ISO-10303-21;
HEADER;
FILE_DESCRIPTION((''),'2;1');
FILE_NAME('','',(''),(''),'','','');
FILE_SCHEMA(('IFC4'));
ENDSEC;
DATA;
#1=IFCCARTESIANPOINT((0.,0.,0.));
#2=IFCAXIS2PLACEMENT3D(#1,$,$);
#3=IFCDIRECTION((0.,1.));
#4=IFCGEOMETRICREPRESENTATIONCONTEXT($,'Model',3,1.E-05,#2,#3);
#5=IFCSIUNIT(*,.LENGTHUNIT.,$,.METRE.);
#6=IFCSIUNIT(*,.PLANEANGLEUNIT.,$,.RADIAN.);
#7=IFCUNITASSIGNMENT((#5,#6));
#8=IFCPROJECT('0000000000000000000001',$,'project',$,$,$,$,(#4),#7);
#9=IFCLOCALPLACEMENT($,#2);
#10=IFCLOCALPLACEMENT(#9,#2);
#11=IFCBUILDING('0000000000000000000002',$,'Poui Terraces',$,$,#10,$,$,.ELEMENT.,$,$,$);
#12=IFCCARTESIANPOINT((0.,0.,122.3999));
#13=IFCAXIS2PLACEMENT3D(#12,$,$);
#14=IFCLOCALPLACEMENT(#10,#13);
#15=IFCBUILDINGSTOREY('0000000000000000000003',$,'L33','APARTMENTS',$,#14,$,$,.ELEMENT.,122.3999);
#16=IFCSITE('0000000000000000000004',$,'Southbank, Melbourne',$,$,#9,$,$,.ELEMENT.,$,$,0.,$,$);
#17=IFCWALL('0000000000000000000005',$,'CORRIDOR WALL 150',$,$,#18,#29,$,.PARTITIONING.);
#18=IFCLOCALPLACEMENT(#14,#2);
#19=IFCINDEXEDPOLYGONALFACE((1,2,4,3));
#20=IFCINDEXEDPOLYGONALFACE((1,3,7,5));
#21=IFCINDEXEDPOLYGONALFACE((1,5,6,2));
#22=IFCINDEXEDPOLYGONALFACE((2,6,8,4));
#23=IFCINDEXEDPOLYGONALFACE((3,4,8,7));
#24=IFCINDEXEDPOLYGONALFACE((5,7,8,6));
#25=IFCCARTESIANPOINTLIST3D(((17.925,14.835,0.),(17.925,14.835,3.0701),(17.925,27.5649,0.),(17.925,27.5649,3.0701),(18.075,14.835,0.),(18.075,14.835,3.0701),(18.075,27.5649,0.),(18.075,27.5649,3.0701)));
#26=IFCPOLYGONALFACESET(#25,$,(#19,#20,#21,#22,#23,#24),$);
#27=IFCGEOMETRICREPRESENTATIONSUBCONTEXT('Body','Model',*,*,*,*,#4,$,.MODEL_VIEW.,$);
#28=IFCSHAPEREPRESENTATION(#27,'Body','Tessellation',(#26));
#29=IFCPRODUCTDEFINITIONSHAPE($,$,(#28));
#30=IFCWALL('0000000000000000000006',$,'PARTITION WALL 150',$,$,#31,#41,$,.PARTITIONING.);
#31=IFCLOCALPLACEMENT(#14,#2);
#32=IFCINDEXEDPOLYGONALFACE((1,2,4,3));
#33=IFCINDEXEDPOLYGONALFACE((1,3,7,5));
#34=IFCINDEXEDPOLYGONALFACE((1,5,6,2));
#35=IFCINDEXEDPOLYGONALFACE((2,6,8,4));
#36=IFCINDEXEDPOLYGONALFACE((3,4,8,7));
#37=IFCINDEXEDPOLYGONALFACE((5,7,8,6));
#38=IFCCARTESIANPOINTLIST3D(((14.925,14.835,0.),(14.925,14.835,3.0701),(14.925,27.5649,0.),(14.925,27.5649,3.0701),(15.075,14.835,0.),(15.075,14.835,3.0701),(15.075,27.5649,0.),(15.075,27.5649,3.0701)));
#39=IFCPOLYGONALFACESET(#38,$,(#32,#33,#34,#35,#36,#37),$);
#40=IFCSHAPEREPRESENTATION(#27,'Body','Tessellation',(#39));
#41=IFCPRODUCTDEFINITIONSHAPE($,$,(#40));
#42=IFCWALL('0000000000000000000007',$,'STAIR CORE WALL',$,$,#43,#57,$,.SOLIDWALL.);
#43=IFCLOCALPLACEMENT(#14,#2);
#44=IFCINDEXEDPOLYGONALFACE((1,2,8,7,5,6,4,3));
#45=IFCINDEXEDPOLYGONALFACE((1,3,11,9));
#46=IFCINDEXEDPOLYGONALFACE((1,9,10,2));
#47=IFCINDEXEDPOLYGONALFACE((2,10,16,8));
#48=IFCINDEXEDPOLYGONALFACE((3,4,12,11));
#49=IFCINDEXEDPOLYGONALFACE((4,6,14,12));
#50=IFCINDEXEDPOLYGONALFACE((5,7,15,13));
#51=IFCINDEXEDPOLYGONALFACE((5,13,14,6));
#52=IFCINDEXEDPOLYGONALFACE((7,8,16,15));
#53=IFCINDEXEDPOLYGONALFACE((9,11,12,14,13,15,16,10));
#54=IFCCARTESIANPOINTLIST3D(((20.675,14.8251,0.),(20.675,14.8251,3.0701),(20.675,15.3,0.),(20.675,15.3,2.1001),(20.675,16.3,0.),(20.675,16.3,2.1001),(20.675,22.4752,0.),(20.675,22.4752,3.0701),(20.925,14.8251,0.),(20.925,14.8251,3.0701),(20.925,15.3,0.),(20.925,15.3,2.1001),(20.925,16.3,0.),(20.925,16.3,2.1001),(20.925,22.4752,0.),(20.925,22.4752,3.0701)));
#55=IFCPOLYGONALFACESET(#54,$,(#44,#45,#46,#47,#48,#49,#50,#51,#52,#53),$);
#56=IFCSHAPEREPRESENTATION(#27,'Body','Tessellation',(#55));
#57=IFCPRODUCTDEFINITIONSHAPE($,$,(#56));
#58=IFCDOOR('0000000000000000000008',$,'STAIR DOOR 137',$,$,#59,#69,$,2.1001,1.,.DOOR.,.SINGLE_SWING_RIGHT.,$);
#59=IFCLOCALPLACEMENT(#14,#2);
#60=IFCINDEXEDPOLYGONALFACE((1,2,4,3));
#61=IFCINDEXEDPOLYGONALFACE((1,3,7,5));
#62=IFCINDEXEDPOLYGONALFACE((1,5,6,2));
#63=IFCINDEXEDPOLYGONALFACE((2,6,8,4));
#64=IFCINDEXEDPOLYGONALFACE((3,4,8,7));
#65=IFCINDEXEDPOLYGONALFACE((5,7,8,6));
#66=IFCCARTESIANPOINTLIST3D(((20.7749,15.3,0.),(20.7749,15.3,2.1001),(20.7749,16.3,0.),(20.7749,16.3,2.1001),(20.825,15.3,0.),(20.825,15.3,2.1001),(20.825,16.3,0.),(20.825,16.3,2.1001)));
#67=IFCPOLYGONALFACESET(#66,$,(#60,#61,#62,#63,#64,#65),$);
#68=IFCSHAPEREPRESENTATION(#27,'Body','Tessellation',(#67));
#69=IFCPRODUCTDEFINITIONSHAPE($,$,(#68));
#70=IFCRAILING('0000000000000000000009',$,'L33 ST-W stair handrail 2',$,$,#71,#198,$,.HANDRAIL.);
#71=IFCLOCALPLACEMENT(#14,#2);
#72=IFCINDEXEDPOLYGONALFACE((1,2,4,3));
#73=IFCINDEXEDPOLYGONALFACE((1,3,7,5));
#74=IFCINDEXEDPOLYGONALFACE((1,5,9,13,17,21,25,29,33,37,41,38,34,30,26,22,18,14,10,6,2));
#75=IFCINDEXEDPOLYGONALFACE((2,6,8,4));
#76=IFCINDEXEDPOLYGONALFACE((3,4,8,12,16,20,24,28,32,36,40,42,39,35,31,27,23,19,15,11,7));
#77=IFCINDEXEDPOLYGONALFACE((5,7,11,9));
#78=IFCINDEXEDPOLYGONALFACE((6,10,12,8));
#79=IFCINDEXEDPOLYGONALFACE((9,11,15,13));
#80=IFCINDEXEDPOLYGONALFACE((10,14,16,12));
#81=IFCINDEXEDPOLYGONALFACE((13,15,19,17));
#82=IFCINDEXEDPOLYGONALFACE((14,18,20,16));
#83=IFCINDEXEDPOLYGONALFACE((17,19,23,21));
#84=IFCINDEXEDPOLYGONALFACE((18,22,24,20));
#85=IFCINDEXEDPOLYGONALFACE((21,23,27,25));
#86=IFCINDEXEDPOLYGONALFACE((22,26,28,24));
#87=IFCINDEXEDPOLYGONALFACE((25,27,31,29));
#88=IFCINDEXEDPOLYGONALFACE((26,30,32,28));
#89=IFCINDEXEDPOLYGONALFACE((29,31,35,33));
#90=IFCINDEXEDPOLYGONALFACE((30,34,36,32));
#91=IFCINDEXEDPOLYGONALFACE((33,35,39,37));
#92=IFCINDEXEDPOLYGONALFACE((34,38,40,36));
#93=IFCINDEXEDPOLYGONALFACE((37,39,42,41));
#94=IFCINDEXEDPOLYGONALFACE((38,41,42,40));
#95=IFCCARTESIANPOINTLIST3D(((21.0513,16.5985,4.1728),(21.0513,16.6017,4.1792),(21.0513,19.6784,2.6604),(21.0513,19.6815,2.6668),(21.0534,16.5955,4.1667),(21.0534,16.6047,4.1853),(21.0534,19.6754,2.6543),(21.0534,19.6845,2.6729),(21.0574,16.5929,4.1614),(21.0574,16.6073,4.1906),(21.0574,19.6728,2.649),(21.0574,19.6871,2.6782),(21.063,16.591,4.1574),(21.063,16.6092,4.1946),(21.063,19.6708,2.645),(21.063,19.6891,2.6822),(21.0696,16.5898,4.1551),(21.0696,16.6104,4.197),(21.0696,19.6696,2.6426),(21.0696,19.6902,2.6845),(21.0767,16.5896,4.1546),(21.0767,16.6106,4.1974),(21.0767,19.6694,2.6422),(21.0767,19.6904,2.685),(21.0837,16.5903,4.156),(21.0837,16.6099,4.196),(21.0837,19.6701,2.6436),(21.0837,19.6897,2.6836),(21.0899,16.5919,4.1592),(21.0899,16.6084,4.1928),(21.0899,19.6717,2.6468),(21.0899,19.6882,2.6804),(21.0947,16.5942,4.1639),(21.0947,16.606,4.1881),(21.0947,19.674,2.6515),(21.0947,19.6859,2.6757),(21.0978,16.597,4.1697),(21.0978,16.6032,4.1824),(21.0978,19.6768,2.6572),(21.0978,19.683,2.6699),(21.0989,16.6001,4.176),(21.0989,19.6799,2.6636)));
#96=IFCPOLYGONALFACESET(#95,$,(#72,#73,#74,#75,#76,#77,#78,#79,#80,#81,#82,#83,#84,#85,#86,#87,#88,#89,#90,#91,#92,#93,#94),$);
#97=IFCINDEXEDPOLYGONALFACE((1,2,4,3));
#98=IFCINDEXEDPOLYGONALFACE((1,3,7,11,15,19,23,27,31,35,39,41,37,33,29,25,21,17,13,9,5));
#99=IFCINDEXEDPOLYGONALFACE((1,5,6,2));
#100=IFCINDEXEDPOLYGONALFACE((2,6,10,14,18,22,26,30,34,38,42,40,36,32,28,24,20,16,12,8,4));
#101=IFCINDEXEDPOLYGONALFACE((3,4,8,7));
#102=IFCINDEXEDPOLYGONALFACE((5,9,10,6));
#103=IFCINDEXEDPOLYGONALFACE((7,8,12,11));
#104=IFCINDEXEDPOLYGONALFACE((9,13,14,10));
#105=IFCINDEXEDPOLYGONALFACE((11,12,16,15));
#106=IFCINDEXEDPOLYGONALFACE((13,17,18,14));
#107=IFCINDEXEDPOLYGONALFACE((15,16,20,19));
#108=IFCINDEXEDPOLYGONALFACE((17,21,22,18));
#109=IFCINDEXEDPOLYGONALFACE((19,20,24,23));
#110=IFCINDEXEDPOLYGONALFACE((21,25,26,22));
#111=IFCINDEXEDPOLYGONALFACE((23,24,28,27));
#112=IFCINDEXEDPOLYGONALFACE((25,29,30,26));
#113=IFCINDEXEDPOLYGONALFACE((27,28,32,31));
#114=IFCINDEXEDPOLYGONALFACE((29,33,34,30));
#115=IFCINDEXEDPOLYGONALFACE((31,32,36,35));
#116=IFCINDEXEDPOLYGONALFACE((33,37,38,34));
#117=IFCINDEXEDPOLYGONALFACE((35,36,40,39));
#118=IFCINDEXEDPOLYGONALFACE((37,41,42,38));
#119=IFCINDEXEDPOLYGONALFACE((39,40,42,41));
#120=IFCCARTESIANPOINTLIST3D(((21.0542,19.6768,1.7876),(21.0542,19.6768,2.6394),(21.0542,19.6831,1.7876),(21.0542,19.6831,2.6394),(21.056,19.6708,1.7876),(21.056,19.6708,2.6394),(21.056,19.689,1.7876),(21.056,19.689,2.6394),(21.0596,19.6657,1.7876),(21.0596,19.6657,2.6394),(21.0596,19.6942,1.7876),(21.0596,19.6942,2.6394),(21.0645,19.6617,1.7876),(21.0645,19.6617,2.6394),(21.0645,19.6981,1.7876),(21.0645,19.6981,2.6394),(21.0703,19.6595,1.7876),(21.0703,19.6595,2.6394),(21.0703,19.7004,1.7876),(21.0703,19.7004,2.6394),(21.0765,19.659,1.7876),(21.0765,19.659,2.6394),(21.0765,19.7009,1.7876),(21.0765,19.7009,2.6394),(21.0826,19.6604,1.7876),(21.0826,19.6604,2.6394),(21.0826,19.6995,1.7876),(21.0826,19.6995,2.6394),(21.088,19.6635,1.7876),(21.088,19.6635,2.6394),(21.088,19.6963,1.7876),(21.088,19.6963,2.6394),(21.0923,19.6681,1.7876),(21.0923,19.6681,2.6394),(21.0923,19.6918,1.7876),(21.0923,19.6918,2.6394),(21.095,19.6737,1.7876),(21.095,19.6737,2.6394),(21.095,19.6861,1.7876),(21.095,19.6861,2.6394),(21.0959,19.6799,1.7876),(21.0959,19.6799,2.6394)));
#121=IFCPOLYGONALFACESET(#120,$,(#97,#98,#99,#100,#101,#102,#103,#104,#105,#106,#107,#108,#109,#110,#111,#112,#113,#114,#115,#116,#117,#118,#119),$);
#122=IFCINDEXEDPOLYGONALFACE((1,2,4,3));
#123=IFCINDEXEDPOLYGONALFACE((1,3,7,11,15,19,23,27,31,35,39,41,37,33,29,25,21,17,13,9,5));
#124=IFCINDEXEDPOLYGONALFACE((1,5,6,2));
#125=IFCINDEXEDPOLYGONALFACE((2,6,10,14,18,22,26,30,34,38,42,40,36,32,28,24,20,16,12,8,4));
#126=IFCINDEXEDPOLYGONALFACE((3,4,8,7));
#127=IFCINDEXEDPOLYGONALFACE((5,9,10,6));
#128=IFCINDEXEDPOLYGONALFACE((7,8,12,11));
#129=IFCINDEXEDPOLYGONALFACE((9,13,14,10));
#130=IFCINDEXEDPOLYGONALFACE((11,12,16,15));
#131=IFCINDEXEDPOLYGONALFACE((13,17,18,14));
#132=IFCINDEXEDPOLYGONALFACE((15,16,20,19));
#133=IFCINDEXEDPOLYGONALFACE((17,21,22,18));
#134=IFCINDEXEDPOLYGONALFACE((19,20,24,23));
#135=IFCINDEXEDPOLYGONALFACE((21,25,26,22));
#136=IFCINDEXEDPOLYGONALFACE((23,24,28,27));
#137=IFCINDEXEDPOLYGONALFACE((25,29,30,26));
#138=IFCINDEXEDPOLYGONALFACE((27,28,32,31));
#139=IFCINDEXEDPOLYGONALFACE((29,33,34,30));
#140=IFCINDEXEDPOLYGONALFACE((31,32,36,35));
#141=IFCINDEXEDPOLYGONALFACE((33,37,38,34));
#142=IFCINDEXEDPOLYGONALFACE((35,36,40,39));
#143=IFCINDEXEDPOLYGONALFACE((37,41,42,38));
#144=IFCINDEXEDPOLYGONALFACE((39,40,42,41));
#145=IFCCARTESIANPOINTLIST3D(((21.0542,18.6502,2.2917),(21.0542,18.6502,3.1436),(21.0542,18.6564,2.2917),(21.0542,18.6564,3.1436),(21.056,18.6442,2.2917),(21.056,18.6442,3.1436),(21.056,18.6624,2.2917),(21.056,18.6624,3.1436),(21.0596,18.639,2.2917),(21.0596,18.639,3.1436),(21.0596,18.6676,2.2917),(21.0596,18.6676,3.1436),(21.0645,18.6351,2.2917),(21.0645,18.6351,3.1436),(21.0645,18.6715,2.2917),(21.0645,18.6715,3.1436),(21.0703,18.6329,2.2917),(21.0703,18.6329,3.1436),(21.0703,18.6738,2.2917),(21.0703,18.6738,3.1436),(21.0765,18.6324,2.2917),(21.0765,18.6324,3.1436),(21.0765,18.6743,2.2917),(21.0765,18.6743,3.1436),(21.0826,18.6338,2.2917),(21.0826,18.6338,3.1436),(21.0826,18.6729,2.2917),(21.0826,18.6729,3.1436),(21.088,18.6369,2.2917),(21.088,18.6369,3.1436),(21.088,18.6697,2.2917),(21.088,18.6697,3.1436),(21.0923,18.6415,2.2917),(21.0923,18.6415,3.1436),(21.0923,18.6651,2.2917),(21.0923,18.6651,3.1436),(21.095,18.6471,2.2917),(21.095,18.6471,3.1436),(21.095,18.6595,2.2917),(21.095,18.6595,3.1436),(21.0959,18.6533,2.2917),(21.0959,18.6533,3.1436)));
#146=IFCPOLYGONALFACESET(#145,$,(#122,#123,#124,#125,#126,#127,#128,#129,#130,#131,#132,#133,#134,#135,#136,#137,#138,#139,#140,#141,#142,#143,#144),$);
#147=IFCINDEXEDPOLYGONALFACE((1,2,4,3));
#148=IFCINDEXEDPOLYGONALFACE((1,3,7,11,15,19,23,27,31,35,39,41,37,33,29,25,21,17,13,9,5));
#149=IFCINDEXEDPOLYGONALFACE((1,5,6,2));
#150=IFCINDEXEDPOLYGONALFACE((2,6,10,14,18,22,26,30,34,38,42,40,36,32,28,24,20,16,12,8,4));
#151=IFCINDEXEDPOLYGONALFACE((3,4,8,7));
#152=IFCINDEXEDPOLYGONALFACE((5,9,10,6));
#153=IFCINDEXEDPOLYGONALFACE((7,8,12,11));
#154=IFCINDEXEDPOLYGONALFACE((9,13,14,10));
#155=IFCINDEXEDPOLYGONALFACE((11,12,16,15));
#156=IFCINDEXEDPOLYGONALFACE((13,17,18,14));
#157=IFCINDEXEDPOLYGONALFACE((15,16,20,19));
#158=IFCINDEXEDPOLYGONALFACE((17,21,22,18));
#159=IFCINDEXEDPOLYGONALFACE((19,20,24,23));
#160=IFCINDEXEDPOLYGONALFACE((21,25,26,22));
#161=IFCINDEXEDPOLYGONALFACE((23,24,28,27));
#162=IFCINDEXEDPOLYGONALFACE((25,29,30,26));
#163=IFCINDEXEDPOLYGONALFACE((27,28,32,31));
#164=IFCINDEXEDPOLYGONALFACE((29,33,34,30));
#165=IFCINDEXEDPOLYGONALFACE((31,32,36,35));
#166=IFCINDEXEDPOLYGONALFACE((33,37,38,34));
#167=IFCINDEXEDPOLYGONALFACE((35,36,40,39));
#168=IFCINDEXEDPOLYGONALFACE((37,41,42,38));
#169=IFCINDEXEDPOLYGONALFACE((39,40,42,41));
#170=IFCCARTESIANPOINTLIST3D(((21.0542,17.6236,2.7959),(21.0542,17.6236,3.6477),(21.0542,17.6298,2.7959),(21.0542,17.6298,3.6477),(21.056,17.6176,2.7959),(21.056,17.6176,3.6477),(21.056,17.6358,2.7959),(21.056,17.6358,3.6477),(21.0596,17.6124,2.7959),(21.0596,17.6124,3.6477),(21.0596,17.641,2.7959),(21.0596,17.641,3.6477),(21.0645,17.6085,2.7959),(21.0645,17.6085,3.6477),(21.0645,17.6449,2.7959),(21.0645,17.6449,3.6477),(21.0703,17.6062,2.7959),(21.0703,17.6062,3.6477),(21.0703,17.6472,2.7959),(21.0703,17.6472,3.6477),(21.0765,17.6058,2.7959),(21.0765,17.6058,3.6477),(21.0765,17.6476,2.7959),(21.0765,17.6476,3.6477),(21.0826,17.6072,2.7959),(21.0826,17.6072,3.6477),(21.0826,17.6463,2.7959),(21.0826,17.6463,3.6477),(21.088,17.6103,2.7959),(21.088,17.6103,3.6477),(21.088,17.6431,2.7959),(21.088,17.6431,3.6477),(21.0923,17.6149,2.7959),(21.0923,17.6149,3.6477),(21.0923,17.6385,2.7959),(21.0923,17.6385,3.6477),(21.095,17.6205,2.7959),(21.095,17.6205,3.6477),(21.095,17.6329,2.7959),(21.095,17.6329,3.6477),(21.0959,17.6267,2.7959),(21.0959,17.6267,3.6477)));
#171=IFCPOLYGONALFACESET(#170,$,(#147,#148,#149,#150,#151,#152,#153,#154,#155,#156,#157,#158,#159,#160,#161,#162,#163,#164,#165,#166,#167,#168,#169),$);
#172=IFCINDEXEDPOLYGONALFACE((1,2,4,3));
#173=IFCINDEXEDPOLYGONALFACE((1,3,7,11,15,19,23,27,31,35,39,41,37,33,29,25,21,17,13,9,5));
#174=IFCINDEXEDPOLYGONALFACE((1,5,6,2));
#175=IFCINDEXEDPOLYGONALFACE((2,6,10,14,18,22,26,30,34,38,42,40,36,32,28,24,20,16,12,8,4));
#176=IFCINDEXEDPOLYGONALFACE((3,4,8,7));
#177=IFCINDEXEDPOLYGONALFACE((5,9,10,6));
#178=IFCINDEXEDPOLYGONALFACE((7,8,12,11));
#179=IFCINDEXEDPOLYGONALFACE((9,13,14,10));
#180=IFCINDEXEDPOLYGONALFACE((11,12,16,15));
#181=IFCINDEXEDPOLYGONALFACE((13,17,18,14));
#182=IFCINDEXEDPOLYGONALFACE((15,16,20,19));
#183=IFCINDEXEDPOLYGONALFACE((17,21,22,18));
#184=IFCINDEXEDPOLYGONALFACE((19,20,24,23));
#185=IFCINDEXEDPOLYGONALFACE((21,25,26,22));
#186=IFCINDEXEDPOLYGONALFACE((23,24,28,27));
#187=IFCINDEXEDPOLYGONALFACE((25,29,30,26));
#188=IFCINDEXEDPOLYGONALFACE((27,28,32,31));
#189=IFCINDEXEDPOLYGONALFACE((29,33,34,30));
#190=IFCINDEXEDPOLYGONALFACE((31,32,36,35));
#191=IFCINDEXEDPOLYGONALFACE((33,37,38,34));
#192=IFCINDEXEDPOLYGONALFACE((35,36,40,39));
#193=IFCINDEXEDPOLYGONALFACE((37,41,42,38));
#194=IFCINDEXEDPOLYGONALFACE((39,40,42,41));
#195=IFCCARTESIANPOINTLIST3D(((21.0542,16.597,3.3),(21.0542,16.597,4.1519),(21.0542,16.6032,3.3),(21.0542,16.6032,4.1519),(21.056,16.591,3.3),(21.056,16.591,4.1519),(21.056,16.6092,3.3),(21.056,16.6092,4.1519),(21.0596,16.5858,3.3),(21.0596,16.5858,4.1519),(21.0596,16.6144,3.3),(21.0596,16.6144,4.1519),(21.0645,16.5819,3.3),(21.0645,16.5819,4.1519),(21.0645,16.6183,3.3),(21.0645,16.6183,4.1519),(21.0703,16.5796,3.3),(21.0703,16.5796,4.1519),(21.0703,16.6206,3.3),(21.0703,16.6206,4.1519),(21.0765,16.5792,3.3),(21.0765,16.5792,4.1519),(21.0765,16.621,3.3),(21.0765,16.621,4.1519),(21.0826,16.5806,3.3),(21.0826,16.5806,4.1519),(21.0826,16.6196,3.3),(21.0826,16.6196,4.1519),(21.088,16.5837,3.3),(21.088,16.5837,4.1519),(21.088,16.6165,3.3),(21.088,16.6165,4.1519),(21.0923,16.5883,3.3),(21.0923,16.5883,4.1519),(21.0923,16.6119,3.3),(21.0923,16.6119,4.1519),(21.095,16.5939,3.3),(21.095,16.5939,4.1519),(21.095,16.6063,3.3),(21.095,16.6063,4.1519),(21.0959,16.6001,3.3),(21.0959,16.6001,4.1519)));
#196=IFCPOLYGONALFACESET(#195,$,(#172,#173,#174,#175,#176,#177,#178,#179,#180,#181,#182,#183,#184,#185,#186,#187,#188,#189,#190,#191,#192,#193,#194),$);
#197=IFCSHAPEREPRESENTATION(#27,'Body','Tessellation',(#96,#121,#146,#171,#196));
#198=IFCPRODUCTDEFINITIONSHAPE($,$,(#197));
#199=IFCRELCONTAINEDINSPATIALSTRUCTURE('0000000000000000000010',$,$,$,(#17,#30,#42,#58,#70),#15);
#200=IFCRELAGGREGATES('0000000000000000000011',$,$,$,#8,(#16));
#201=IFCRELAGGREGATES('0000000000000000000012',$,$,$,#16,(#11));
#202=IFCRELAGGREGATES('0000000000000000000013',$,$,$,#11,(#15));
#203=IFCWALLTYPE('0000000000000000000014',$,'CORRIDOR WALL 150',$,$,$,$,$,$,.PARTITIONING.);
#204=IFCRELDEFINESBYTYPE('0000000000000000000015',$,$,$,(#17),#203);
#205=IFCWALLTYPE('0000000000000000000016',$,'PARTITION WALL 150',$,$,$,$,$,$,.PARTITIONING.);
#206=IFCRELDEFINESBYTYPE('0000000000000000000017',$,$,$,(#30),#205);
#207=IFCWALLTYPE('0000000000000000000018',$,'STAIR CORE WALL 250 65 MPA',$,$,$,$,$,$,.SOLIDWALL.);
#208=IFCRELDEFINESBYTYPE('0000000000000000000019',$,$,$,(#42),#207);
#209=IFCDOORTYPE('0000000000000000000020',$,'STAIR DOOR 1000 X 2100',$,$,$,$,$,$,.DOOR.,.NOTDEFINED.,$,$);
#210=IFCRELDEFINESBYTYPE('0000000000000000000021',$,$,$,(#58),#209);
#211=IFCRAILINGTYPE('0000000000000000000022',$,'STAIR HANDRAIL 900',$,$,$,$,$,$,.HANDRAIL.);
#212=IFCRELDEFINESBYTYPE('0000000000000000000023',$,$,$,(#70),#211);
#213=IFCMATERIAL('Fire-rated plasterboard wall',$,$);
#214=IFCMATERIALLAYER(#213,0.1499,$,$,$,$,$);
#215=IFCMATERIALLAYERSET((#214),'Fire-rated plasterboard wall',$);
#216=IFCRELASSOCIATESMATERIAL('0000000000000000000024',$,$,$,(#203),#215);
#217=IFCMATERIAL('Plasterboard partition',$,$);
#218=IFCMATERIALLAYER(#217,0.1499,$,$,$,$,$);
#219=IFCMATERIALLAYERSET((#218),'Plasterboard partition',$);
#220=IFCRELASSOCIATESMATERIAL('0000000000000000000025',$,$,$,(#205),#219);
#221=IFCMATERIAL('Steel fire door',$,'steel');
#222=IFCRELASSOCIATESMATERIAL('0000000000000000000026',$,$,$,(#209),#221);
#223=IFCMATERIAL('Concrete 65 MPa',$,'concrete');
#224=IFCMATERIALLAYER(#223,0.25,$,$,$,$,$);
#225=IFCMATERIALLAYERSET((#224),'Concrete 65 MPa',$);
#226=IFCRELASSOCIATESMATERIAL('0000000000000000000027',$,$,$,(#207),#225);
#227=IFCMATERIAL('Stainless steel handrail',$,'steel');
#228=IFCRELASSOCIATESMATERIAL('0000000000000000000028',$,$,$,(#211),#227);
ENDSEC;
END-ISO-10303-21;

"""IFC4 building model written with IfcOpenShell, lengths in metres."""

from ifc_helpers import new_model, si_unit, direction, frame, frame_2d, origin, origin_2d, place, context, subcontext, project, spatial, rectangle, circle, extrude, material, layer, layer_set, type_object, element, fill, save


model = new_model("IFC4")

# Units and contexts
model_context = context("Model", 3, precision=1e-05, world=origin(), true_north=direction((0.0, 1.0)))
body_context = subcontext(model_context, "Body", "Model", "MODEL_VIEW")
ifc_project = project(units=[si_unit("LENGTHUNIT", "METRE"), si_unit("PLANEANGLEUNIT", "RADIAN")], contexts=[model_context])

# Site, building, storey
site_placement = place(None, origin())
site = spatial("IfcSite", under=ifc_project, at=site_placement, Name="Southbank, Melbourne", CompositionType="ELEMENT", RefElevation=0.0)
building_placement = place(site_placement, origin())
building = spatial("IfcBuilding", under=site, at=building_placement, Name="Poui Terraces", CompositionType="ELEMENT")
storey_placement = place(building_placement, frame((0.0, 0.0, 122.3999)))
storey = spatial("IfcBuildingStorey", under=building, at=storey_placement, Name="L33", Description="APARTMENTS", CompositionType="ELEMENT", Elevation=122.3999)

# Walls
ifc_material_1 = material(Name="Fire-rated plasterboard wall")
ifc_layer_1 = layer(ifc_material_1, 0.1499)
ifc_layer_set_1 = layer_set([ifc_layer_1], Name="Fire-rated plasterboard wall")
wall_type_1 = type_object("IfcWallType", Name="CORRIDOR WALL 150", PredefinedType="PARTITIONING", material=ifc_layer_set_1)
wall_1_placement = place(storey_placement, frame((18.0, 14.835, 0.0), z_axis=(0.0, 0.0, 1.0), x_axis=(0.0, 1.0, 0.0)))
element("IfcWall", 1, at=wall_1_placement, inside=storey, type_object=wall_type_1, Name="CORRIDOR WALL 150", PredefinedType="PARTITIONING", context=body_context, shape_type="SweptSolid", body=[
    extrude(rectangle(XDim=12.73, YDim=0.1499, at=frame_2d((6.365, 0.0))), origin(), (0.0, 0.0, 1.0), 3.0701),
])
ifc_material_2 = material(Name="Plasterboard partition")
ifc_layer_2 = layer(ifc_material_2, 0.1499)
ifc_layer_set_2 = layer_set([ifc_layer_2], Name="Plasterboard partition")
wall_type_2 = type_object("IfcWallType", Name="PARTITION WALL 150", PredefinedType="PARTITIONING", material=ifc_layer_set_2)
wall_2_placement = place(storey_placement, frame((15.0, 14.835, 0.0), z_axis=(0.0, 0.0, 1.0), x_axis=(0.0, 1.0, 0.0)))
element("IfcWall", 2, at=wall_2_placement, inside=storey, type_object=wall_type_2, Name="PARTITION WALL 150", PredefinedType="PARTITIONING", context=body_context, shape_type="SweptSolid", body=[
    extrude(rectangle(XDim=12.73, YDim=0.1499, at=frame_2d((6.365, 0.0))), origin(), (0.0, 0.0, 1.0), 3.0701),
])

# Shared definitions
ifc_material_3 = material(Name="Concrete 65 MPa", Category="concrete")
ifc_material_4 = material(Name="Steel fire door", Category="steel")
door_type_1 = type_object("IfcDoorType", Name="STAIR DOOR 1000 X 2100", OperationType="NOTDEFINED", PredefinedType="DOOR", material=ifc_material_4)

# Wall, opening, door
ifc_layer_3 = layer(ifc_material_3, 0.25)
ifc_layer_set_3 = layer_set([ifc_layer_3], Name="Concrete 65 MPa")
wall_type_3 = type_object("IfcWallType", Name="STAIR CORE WALL 250 65 MPA", PredefinedType="SOLIDWALL", material=ifc_layer_set_3)
wall_3_placement = place(storey_placement, frame((20.8, 14.825, 0.0), z_axis=(0.0, 0.0, 1.0), x_axis=(0.0, 1.0, 0.0)))
wall_3 = element("IfcWall", 3, at=wall_3_placement, inside=storey, type_object=wall_type_3, Name="STAIR CORE WALL", PredefinedType="SOLIDWALL", context=body_context, shape_type="SweptSolid", body=[
    extrude(rectangle(XDim=7.6501, YDim=0.25, at=frame_2d((3.8252, 0.0))), origin(), (0.0, 0.0, 1.0), 3.0701),
])
opening_1_placement = place(wall_3_placement, frame((0.4751, 0.0, 0.0)))
opening_1 = element("IfcOpeningElement", 4, at=opening_1_placement, cuts=wall_3, PredefinedType="OPENING", context=body_context, shape_type="SweptSolid", body=[
    extrude(rectangle(XDim=1.0, YDim=2.1001, at=frame_2d((0.5, 1.05))), frame((0.0, 0.135, 0.0), z_axis=(0.0, -1.0, 0.0), x_axis=(1.0, 0.0, 0.0)), (0.0, 0.0, 1.0), 0.27),
])
door_1_placement = place(opening_1_placement, frame((1.0, 0.0, 0.0), z_axis=(0.0, 0.0, 1.0), x_axis=(-1.0, 0.0, 0.0)))
door_1 = element("IfcDoor", 5, at=door_1_placement, inside=storey, type_object=door_type_1, Name="STAIR DOOR 137", OperationType="SINGLE_SWING_RIGHT", OverallHeight=2.1001, OverallWidth=1.0, PredefinedType="DOOR", context=body_context, shape_type="SweptSolid", body=[
    extrude(rectangle(XDim=1.0, YDim=2.1001, at=frame_2d((0.5, 1.05))), frame((0.0, 0.0249, 0.0), z_axis=(0.0, -1.0, 0.0), x_axis=(1.0, 0.0, 0.0)), (0.0, 0.0, 1.0), 0.05),
])
fill(opening_1, door_1)

# Railing
ifc_material_5 = material(Name="Stainless steel handrail", Category="steel")
railing_type = type_object("IfcRailingType", Name="STAIR HANDRAIL 900", PredefinedType="HANDRAIL", material=ifc_material_5)
railing_placement = place(storey_placement, frame((21.075, 19.6799, 1.7876)))
element("IfcRailing", 6, at=railing_placement, inside=storey, type_object=railing_type, Name="L33 ST-W stair handrail 2", PredefinedType="HANDRAIL", context=body_context, shape_type="SweptSolid", body=[
    extrude(circle(Radius=0.0239, at=origin_2d()), frame((0.0, 0.0, 0.876), z_axis=(0.0, -0.897606, 0.440798), x_axis=(1.0, 0.0, 0.0)), (0.0, 0.0, 1.0), 3.4312),
    extrude(circle(Radius=0.021, at=origin_2d()), origin(), (0.0, 0.0, 1.0), 0.8518),
    extrude(circle(Radius=0.021, at=origin_2d()), frame((0.0, -1.0266, 0.5042)), (0.0, 0.0, 1.0), 0.8518),
    extrude(circle(Radius=0.021, at=origin_2d()), frame((0.0, -2.0532, 1.0083)), (0.0, 0.0, 1.0), 0.8518),
    extrude(circle(Radius=0.021, at=origin_2d()), frame((0.0, -3.0798, 1.5125)), (0.0, 0.0, 1.0), 0.8518),
])

save(model, "model.ifc")
